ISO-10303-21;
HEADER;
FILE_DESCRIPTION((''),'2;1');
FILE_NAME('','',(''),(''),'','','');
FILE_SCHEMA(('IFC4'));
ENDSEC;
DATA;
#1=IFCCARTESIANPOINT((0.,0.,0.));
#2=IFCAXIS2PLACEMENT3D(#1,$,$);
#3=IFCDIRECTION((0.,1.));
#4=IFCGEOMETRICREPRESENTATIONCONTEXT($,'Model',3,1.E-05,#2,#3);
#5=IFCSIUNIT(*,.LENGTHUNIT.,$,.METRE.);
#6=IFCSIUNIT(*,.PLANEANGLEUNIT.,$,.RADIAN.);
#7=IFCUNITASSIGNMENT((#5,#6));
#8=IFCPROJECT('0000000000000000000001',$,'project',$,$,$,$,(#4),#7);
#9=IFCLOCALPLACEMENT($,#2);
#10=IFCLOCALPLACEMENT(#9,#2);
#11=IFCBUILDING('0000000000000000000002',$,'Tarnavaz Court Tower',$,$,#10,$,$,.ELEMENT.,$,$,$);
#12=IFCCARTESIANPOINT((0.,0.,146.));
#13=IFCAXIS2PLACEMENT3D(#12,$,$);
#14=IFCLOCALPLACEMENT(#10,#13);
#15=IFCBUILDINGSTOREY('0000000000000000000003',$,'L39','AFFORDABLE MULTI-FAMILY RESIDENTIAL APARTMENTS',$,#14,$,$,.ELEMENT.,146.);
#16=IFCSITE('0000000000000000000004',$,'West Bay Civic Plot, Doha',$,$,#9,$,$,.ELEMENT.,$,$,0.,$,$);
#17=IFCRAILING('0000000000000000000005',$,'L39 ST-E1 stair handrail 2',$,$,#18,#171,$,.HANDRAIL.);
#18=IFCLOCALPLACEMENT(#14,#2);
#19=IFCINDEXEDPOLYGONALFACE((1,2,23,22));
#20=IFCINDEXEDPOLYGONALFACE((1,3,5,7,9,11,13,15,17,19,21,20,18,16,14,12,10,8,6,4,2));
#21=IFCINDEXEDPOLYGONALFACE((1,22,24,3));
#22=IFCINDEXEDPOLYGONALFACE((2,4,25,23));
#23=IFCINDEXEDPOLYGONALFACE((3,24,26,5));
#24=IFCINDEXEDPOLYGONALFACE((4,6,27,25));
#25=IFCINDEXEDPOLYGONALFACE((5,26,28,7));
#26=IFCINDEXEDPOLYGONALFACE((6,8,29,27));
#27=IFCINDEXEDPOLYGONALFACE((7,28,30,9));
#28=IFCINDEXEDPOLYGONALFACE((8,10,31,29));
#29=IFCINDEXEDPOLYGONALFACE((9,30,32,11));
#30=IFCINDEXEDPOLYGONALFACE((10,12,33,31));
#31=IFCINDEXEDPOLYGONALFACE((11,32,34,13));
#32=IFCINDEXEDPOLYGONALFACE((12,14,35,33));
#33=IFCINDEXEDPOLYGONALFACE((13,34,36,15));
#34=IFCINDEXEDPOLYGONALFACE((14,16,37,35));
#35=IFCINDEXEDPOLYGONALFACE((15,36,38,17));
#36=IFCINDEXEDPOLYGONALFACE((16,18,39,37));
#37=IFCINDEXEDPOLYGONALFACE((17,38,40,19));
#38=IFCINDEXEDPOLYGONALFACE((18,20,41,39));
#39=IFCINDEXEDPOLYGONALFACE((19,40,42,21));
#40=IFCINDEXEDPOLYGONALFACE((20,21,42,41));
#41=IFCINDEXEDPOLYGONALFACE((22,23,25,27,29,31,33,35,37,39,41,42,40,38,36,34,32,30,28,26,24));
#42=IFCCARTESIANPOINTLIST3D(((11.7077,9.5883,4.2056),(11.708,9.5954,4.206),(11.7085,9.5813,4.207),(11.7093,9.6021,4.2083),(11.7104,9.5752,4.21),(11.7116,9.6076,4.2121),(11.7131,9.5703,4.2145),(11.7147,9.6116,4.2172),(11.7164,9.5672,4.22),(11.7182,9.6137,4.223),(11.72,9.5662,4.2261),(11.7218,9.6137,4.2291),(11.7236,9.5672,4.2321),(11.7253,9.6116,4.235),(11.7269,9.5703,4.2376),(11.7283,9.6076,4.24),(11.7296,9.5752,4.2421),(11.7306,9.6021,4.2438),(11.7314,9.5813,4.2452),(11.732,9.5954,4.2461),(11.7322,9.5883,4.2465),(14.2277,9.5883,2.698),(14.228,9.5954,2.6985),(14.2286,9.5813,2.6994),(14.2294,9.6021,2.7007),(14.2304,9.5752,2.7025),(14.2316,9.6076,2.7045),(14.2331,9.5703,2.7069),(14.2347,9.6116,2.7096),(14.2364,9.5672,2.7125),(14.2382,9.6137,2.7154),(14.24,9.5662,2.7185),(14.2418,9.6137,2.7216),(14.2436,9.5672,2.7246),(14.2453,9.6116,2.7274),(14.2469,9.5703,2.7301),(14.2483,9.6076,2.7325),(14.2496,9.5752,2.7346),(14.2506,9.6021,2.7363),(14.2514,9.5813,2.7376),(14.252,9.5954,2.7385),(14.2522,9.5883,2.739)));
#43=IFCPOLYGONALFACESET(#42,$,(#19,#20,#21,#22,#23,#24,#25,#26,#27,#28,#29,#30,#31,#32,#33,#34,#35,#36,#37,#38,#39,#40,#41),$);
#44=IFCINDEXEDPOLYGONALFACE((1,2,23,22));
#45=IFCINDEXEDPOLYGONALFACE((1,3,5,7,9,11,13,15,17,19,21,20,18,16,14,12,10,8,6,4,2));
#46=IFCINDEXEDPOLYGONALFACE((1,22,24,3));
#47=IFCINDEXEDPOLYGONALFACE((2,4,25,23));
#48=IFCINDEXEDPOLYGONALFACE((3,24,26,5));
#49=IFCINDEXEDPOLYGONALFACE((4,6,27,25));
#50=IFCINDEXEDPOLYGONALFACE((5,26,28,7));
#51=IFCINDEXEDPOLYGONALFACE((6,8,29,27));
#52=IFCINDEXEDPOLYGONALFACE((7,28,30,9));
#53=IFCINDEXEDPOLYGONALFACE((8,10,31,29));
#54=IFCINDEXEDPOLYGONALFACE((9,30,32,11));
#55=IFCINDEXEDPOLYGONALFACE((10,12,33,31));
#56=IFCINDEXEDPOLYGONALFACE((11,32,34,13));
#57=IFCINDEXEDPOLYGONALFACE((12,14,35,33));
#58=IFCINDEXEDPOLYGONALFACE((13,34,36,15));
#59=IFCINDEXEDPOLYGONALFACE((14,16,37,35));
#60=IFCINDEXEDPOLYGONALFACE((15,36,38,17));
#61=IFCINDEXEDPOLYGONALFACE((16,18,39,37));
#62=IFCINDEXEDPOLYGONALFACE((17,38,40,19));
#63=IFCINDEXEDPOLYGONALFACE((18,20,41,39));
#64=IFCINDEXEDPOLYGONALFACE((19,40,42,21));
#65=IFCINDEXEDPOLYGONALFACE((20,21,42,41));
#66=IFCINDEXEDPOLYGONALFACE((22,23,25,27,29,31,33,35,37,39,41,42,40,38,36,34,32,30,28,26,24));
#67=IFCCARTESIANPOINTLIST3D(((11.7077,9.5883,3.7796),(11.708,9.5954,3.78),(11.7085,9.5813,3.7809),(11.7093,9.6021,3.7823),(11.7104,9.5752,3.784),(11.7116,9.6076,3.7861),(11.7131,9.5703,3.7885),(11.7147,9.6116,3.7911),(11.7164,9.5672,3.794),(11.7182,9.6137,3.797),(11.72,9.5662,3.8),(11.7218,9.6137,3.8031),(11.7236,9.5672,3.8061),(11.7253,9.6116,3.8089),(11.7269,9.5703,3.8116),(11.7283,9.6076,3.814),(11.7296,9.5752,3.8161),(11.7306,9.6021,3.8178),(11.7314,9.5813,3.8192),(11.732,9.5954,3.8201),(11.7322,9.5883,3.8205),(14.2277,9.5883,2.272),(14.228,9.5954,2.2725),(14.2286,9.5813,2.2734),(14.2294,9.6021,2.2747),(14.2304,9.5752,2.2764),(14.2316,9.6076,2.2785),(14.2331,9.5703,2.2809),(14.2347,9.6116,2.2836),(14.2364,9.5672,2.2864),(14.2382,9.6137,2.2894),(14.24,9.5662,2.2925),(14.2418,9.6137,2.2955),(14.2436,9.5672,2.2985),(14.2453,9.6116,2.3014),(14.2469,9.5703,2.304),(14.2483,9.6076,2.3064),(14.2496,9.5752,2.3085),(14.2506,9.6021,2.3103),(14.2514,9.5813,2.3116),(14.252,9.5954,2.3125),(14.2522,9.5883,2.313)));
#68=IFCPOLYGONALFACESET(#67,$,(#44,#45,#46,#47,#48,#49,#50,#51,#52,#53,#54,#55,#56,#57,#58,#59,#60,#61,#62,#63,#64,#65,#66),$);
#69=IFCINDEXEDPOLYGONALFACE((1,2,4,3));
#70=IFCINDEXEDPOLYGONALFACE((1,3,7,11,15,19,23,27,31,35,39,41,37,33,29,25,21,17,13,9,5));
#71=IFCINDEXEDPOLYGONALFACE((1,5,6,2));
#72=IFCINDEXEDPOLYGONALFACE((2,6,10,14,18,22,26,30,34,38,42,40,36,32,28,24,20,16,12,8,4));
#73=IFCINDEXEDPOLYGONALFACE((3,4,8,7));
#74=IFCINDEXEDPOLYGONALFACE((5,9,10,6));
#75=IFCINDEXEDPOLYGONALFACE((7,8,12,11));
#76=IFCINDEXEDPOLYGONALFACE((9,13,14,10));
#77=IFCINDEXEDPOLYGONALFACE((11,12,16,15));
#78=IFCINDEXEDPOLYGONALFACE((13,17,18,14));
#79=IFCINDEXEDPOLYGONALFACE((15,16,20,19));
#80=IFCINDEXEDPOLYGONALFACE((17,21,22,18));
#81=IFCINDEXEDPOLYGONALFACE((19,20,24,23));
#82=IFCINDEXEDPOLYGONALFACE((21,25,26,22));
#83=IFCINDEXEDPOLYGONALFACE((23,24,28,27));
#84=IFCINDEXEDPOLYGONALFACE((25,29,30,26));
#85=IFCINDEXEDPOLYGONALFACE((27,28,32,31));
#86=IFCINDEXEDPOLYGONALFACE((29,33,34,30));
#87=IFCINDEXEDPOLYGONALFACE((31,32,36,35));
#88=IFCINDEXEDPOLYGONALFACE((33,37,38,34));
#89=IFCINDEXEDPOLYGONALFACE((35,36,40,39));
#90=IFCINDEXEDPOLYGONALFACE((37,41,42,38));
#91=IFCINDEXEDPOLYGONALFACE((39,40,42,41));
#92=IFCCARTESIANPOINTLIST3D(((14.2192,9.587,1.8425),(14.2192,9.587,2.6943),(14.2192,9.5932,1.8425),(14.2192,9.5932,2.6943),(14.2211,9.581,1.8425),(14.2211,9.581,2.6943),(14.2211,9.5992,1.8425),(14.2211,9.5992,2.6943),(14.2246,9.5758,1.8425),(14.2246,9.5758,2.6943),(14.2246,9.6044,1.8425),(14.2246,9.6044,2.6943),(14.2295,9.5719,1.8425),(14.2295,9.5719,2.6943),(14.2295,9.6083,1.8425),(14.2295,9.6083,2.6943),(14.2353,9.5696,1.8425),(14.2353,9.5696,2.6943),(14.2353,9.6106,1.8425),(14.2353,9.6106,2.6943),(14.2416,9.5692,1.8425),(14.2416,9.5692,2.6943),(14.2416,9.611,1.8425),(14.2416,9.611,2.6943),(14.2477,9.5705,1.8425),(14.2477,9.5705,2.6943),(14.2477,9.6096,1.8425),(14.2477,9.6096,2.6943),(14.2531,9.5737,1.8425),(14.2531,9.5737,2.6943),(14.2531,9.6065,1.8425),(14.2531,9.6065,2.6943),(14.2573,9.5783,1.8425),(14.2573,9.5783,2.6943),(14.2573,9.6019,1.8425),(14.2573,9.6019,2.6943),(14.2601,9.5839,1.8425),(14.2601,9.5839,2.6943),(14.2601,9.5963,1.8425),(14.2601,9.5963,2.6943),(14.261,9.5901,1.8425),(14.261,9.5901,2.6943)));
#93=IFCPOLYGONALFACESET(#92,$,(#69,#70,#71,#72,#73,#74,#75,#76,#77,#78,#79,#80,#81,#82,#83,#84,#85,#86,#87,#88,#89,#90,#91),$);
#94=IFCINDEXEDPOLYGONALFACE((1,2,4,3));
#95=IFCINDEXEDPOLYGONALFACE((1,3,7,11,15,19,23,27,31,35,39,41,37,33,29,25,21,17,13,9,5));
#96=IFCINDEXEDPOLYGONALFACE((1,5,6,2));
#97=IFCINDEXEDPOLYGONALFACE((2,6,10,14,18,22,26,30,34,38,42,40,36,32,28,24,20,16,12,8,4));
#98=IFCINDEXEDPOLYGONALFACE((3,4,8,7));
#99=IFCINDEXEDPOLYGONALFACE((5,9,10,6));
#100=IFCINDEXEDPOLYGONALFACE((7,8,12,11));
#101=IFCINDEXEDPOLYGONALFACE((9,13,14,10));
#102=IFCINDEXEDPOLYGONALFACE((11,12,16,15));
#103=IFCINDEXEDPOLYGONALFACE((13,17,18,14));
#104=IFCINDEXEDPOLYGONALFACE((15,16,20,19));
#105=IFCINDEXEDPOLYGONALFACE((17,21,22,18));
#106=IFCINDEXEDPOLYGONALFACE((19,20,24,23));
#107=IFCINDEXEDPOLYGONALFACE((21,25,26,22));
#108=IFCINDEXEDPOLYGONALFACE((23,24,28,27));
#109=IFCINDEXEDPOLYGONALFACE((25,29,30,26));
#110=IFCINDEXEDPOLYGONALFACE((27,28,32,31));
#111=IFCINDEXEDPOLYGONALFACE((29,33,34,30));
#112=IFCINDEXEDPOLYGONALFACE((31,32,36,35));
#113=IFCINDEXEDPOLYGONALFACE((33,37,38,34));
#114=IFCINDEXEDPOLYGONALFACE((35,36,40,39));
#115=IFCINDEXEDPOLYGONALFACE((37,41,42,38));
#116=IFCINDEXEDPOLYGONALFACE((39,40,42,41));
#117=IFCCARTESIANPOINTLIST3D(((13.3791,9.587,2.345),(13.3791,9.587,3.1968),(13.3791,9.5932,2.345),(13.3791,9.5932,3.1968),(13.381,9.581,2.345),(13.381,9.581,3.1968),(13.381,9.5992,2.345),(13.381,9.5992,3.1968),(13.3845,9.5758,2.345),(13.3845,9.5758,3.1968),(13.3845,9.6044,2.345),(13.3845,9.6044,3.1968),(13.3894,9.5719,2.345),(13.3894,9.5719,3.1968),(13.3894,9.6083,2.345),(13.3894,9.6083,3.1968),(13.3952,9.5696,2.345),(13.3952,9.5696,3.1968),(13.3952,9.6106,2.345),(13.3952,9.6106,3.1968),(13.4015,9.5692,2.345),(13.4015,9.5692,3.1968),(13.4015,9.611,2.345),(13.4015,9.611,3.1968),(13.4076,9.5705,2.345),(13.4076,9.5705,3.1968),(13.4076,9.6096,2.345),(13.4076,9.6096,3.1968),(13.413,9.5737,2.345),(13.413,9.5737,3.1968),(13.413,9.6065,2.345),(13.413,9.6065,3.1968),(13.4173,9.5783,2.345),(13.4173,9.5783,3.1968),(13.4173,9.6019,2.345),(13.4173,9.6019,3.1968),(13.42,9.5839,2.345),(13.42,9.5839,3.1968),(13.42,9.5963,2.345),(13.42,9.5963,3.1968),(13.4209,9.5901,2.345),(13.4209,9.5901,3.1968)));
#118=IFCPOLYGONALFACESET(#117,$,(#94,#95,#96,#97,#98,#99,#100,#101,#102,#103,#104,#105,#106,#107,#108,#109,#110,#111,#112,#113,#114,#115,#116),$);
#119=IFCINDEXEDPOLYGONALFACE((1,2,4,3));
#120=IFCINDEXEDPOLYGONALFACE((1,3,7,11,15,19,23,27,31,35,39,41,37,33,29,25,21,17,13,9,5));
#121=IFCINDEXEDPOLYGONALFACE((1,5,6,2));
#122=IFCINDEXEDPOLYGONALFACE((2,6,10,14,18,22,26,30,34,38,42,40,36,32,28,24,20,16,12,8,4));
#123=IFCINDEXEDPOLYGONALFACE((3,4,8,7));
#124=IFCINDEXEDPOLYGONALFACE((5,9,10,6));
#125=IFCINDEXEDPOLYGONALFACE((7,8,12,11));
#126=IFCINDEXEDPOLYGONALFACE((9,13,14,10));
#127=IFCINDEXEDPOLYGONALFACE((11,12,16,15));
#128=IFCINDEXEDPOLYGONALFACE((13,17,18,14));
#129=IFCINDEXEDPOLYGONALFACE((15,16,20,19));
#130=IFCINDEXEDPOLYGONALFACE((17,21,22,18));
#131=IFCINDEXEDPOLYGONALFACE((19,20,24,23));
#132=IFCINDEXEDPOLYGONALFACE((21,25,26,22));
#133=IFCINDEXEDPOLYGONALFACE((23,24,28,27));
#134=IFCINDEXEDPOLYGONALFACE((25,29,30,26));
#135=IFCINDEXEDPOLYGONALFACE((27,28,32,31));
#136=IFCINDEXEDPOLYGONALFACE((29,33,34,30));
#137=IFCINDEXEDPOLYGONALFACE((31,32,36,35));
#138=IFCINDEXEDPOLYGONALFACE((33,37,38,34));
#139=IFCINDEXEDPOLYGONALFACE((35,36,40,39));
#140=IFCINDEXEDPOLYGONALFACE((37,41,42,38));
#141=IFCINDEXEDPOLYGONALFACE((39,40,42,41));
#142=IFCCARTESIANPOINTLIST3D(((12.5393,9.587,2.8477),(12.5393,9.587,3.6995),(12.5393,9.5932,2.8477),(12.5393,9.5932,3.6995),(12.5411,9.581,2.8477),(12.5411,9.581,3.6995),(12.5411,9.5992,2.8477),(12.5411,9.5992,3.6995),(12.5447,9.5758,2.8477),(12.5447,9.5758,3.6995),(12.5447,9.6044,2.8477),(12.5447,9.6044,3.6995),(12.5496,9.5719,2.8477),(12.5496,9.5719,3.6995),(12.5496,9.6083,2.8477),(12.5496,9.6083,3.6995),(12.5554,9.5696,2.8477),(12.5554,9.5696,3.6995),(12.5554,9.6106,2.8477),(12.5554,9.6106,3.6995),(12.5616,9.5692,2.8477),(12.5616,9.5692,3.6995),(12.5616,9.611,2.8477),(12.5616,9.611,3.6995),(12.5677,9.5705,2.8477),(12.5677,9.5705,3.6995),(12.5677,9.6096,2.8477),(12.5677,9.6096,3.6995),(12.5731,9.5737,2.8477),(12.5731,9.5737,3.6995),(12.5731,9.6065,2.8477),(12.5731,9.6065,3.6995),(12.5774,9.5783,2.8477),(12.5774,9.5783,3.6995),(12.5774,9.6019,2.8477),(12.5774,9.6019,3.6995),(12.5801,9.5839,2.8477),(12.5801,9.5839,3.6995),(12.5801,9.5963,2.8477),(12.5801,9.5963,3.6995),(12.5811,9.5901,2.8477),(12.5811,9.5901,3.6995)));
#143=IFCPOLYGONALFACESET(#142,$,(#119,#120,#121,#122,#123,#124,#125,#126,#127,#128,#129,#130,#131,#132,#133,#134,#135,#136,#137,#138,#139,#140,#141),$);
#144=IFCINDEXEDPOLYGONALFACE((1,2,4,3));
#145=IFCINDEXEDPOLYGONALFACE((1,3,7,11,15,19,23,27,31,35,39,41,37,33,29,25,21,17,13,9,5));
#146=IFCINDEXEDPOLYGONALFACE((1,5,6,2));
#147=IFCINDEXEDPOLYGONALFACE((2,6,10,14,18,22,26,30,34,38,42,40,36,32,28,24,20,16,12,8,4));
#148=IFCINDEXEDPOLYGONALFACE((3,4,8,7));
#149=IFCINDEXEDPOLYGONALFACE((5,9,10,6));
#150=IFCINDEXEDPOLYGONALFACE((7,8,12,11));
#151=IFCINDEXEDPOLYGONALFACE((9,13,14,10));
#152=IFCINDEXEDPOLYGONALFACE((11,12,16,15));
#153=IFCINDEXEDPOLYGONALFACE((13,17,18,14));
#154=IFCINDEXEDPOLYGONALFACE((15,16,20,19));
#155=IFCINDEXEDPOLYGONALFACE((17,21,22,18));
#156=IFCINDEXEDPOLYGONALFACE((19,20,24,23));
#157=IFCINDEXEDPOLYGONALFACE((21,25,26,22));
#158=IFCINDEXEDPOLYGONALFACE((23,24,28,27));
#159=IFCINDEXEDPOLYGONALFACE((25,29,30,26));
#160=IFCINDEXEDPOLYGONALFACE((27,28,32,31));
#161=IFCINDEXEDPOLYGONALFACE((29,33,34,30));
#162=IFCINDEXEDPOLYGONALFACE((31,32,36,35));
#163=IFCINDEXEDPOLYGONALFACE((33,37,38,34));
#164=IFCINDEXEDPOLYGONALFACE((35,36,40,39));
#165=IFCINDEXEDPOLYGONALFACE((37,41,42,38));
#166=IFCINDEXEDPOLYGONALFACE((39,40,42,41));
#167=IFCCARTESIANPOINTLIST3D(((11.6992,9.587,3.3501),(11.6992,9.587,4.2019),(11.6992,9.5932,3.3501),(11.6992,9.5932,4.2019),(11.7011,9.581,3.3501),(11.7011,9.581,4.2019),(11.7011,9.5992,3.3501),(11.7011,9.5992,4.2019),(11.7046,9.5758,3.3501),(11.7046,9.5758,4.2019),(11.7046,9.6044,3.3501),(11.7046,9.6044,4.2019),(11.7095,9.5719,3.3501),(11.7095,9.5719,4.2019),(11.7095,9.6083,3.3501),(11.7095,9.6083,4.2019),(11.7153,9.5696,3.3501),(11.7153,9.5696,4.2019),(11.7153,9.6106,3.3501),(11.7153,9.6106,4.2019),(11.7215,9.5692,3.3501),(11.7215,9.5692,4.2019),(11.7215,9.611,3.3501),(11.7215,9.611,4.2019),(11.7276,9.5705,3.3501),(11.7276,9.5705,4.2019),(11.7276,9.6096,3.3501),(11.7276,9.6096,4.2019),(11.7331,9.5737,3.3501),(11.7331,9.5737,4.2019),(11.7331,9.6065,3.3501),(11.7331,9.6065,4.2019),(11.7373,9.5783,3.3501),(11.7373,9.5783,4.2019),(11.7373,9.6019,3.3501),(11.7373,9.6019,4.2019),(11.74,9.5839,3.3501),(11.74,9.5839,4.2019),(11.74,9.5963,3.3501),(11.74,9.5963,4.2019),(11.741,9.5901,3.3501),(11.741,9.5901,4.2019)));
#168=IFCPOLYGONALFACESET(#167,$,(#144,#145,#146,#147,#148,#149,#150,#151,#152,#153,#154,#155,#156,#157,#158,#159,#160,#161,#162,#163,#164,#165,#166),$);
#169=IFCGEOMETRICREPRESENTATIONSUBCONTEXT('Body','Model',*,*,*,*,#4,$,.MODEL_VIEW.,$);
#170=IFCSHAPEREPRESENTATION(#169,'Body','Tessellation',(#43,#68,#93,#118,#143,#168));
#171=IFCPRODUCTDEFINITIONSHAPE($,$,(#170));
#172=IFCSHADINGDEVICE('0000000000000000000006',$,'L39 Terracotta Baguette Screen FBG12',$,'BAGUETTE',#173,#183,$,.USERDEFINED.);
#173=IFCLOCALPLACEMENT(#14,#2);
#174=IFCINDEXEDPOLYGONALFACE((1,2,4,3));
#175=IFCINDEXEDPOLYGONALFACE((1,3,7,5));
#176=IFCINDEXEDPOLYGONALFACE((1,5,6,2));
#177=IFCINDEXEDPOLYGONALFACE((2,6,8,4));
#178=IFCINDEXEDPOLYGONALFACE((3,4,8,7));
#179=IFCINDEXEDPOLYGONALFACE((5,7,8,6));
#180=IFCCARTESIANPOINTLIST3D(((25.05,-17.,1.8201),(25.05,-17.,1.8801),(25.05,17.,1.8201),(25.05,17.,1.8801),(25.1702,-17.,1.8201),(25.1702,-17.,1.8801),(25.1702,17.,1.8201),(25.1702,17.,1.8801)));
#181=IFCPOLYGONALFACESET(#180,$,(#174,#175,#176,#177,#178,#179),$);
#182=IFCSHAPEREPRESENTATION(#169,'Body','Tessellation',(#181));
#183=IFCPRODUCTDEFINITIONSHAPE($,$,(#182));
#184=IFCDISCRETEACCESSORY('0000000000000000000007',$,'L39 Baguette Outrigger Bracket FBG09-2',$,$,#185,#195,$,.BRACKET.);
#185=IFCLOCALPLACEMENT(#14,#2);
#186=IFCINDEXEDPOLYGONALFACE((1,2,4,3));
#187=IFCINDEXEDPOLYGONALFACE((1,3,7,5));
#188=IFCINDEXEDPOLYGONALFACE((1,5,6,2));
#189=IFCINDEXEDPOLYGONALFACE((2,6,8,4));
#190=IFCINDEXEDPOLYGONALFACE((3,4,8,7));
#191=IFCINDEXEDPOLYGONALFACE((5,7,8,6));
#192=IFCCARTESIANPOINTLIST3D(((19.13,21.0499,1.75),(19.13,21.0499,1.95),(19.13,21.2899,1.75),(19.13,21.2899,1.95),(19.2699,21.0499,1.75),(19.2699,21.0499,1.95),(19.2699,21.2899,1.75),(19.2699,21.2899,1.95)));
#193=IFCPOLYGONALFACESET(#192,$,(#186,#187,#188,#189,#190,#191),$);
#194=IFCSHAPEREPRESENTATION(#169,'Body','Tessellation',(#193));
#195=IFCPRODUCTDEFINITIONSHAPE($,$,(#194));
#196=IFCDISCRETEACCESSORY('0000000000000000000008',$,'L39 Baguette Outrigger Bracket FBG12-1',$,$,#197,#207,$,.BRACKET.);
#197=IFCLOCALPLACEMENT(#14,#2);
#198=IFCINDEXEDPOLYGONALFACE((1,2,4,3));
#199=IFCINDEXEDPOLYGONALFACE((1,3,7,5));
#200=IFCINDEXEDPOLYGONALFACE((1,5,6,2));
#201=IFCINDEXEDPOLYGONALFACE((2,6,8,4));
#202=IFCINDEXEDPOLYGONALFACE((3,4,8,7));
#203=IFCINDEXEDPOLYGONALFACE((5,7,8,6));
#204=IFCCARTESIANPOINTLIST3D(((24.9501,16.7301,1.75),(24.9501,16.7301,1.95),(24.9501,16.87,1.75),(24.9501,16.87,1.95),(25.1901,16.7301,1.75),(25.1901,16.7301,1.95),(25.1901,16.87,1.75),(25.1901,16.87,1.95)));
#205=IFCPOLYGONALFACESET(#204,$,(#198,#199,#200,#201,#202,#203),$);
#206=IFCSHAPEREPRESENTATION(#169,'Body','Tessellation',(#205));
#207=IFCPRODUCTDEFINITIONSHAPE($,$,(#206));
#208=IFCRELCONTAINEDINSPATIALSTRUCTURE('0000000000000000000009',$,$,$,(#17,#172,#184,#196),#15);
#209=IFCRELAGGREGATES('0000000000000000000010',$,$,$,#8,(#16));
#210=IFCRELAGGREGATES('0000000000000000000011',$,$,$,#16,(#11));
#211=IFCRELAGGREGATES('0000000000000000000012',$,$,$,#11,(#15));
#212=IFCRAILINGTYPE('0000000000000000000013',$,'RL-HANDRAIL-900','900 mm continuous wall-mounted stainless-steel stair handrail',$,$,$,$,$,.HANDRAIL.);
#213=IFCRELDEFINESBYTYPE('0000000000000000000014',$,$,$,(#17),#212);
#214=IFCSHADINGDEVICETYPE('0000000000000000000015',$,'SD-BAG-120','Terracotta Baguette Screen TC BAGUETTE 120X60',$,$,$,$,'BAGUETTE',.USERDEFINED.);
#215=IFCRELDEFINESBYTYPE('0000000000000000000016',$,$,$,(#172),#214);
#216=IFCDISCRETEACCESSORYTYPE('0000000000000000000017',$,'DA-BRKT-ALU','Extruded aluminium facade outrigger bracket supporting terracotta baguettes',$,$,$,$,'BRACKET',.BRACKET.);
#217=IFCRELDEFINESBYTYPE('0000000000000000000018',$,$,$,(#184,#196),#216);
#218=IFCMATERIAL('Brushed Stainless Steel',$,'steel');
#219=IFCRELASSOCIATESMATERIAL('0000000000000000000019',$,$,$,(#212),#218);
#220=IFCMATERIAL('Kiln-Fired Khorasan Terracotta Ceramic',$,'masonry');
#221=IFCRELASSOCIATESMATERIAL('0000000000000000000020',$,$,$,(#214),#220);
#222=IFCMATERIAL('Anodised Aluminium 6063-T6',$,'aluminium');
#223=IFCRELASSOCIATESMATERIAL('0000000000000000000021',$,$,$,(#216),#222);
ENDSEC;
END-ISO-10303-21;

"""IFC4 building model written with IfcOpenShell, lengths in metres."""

from ifc_helpers import new_model, si_unit, direction, frame, origin, origin_2d, place, context, subcontext, project, spatial, rectangle, circle, extrude, material, material_profile, profile_set, type_object, element, save


model = new_model("IFC4")

# Units and contexts
model_context = context("Model", 3, precision=1e-05, world=origin(), true_north=direction((0.0, 1.0)))
body_context = subcontext(model_context, "Body", "Model", "MODEL_VIEW")
ifc_project = project(units=[si_unit("LENGTHUNIT", "METRE"), si_unit("PLANEANGLEUNIT", "RADIAN")], contexts=[model_context])

# Site, building, storey
site_placement = place(None, origin())
site = spatial("IfcSite", under=ifc_project, at=site_placement, Name="West Bay Civic Plot, Doha", CompositionType="ELEMENT", RefElevation=0.0)
building_placement = place(site_placement, origin())
building = spatial("IfcBuilding", under=site, at=building_placement, Name="Tarnavaz Court Tower", CompositionType="ELEMENT")
storey_placement = place(building_placement, frame((0.0, 0.0, 146.0)))
storey = spatial("IfcBuildingStorey", under=building, at=storey_placement, Name="L39", Description="AFFORDABLE MULTI-FAMILY RESIDENTIAL APARTMENTS", CompositionType="ELEMENT", Elevation=146.0)

# Railing
ifc_material_1 = material(Name="Brushed Stainless Steel", Category="steel")
railing_type = type_object("IfcRailingType", Name="RL-HANDRAIL-900", Description="900 mm continuous wall-mounted stainless-steel stair handrail", PredefinedType="HANDRAIL", material=ifc_material_1)
railing_placement = place(storey_placement, frame((14.24, 9.5901, 1.8425)))
element("IfcRailing", 1, at=railing_placement, inside=storey, type_object=railing_type, Name="L39 ST-E1 stair handrail 2", PredefinedType="HANDRAIL", context=body_context, shape_type="SweptSolid", body=[
    extrude(circle(Radius=0.0239, at=origin_2d()), frame((0.0, 0.0, 0.876), z_axis=(-0.85816, 0.0, 0.513383), x_axis=(0.0, -1.0, 0.0)), (0.0, 0.0, 1.0), 2.9365),
    extrude(circle(Radius=0.0239, at=origin_2d()), frame((0.0, 0.0, 0.45), z_axis=(-0.85816, 0.0, 0.513383), x_axis=(0.0, -1.0, 0.0)), (0.0, 0.0, 1.0), 2.9365),
    extrude(circle(Radius=0.021, at=origin_2d()), origin(), (0.0, 0.0, 1.0), 0.8518),
    extrude(circle(Radius=0.021, at=origin_2d()), frame((-0.8401, 0.0, 0.5024)), (0.0, 0.0, 1.0), 0.8518),
    extrude(circle(Radius=0.021, at=origin_2d()), frame((-1.6799, 0.0, 1.0051)), (0.0, 0.0, 1.0), 0.8518),
    extrude(circle(Radius=0.021, at=origin_2d()), frame((-2.52, 0.0, 1.5076)), (0.0, 0.0, 1.0), 0.8518),
])

# Shading device
ifc_material_2 = material(Name="Kiln-Fired Khorasan Terracotta Ceramic", Category="masonry")
ifc_material_profile_1 = material_profile(ifc_material_2, rectangle(XDim=0.1201, YDim=0.0601, at=origin_2d()), Name="TC BAGUETTE 120X60")
ifc_profile_set_1 = profile_set([ifc_material_profile_1], Name="Kiln-Fired Khorasan Terracotta Ceramic")
shading_device_type = type_object("IfcShadingDeviceType", Name="SD-BAG-120", Description="Terracotta Baguette Screen TC BAGUETTE 120X60", ElementType="BAGUETTE", PredefinedType="USERDEFINED", material=ifc_profile_set_1)
shading_device_placement = place(storey_placement, frame((25.1101, 17.0, 1.8501), z_axis=(0.0, -1.0, 0.0), x_axis=(1.0, 0.0, 0.0)))
element("IfcShadingDevice", 2, at=shading_device_placement, inside=storey, type_object=shading_device_type, Name="L39 Terracotta Baguette Screen FBG12", ObjectType="BAGUETTE", PredefinedType="USERDEFINED", context=body_context, shape_type="SweptSolid", body=[
    extrude(rectangle(XDim=0.1201, YDim=0.0601, at=origin_2d()), origin(), (0.0, 0.0, 1.0), 34.0),
])

# Discrete accessories
ifc_material_3 = material(Name="Anodised Aluminium 6063-T6", Category="aluminium")
discrete_accessory_type = type_object("IfcDiscreteAccessoryType", Name="DA-BRKT-ALU", Description="Extruded aluminium facade outrigger bracket supporting terracotta baguettes", ElementType="BRACKET", PredefinedType="BRACKET", material=ifc_material_3)
for number, where, z_axis, x_axis, name in (
    (3, (19.2, 21.1699, 1.75), (0.0, 0.0, 1.0), (1.0, 0.0, 0.0), "L39 Baguette Outrigger Bracket FBG09-2"),
    (4, (25.0701, 16.8, 1.75), (0.0, 0.0, 1.0), (0.0, -1.0, 0.0), "L39 Baguette Outrigger Bracket FBG12-1"),
):
    element("IfcDiscreteAccessory", number, at=place(storey_placement, frame(where, z_axis=z_axis, x_axis=x_axis)), inside=storey, type_object=discrete_accessory_type, Name=name, PredefinedType="BRACKET", context=body_context, shape_type="SweptSolid", body=[
        extrude(rectangle(XDim=0.1399, YDim=0.24, at=origin_2d()), origin(), (0.0, 0.0, 1.0), 0.2),
    ])

save(model, "model.ifc")
